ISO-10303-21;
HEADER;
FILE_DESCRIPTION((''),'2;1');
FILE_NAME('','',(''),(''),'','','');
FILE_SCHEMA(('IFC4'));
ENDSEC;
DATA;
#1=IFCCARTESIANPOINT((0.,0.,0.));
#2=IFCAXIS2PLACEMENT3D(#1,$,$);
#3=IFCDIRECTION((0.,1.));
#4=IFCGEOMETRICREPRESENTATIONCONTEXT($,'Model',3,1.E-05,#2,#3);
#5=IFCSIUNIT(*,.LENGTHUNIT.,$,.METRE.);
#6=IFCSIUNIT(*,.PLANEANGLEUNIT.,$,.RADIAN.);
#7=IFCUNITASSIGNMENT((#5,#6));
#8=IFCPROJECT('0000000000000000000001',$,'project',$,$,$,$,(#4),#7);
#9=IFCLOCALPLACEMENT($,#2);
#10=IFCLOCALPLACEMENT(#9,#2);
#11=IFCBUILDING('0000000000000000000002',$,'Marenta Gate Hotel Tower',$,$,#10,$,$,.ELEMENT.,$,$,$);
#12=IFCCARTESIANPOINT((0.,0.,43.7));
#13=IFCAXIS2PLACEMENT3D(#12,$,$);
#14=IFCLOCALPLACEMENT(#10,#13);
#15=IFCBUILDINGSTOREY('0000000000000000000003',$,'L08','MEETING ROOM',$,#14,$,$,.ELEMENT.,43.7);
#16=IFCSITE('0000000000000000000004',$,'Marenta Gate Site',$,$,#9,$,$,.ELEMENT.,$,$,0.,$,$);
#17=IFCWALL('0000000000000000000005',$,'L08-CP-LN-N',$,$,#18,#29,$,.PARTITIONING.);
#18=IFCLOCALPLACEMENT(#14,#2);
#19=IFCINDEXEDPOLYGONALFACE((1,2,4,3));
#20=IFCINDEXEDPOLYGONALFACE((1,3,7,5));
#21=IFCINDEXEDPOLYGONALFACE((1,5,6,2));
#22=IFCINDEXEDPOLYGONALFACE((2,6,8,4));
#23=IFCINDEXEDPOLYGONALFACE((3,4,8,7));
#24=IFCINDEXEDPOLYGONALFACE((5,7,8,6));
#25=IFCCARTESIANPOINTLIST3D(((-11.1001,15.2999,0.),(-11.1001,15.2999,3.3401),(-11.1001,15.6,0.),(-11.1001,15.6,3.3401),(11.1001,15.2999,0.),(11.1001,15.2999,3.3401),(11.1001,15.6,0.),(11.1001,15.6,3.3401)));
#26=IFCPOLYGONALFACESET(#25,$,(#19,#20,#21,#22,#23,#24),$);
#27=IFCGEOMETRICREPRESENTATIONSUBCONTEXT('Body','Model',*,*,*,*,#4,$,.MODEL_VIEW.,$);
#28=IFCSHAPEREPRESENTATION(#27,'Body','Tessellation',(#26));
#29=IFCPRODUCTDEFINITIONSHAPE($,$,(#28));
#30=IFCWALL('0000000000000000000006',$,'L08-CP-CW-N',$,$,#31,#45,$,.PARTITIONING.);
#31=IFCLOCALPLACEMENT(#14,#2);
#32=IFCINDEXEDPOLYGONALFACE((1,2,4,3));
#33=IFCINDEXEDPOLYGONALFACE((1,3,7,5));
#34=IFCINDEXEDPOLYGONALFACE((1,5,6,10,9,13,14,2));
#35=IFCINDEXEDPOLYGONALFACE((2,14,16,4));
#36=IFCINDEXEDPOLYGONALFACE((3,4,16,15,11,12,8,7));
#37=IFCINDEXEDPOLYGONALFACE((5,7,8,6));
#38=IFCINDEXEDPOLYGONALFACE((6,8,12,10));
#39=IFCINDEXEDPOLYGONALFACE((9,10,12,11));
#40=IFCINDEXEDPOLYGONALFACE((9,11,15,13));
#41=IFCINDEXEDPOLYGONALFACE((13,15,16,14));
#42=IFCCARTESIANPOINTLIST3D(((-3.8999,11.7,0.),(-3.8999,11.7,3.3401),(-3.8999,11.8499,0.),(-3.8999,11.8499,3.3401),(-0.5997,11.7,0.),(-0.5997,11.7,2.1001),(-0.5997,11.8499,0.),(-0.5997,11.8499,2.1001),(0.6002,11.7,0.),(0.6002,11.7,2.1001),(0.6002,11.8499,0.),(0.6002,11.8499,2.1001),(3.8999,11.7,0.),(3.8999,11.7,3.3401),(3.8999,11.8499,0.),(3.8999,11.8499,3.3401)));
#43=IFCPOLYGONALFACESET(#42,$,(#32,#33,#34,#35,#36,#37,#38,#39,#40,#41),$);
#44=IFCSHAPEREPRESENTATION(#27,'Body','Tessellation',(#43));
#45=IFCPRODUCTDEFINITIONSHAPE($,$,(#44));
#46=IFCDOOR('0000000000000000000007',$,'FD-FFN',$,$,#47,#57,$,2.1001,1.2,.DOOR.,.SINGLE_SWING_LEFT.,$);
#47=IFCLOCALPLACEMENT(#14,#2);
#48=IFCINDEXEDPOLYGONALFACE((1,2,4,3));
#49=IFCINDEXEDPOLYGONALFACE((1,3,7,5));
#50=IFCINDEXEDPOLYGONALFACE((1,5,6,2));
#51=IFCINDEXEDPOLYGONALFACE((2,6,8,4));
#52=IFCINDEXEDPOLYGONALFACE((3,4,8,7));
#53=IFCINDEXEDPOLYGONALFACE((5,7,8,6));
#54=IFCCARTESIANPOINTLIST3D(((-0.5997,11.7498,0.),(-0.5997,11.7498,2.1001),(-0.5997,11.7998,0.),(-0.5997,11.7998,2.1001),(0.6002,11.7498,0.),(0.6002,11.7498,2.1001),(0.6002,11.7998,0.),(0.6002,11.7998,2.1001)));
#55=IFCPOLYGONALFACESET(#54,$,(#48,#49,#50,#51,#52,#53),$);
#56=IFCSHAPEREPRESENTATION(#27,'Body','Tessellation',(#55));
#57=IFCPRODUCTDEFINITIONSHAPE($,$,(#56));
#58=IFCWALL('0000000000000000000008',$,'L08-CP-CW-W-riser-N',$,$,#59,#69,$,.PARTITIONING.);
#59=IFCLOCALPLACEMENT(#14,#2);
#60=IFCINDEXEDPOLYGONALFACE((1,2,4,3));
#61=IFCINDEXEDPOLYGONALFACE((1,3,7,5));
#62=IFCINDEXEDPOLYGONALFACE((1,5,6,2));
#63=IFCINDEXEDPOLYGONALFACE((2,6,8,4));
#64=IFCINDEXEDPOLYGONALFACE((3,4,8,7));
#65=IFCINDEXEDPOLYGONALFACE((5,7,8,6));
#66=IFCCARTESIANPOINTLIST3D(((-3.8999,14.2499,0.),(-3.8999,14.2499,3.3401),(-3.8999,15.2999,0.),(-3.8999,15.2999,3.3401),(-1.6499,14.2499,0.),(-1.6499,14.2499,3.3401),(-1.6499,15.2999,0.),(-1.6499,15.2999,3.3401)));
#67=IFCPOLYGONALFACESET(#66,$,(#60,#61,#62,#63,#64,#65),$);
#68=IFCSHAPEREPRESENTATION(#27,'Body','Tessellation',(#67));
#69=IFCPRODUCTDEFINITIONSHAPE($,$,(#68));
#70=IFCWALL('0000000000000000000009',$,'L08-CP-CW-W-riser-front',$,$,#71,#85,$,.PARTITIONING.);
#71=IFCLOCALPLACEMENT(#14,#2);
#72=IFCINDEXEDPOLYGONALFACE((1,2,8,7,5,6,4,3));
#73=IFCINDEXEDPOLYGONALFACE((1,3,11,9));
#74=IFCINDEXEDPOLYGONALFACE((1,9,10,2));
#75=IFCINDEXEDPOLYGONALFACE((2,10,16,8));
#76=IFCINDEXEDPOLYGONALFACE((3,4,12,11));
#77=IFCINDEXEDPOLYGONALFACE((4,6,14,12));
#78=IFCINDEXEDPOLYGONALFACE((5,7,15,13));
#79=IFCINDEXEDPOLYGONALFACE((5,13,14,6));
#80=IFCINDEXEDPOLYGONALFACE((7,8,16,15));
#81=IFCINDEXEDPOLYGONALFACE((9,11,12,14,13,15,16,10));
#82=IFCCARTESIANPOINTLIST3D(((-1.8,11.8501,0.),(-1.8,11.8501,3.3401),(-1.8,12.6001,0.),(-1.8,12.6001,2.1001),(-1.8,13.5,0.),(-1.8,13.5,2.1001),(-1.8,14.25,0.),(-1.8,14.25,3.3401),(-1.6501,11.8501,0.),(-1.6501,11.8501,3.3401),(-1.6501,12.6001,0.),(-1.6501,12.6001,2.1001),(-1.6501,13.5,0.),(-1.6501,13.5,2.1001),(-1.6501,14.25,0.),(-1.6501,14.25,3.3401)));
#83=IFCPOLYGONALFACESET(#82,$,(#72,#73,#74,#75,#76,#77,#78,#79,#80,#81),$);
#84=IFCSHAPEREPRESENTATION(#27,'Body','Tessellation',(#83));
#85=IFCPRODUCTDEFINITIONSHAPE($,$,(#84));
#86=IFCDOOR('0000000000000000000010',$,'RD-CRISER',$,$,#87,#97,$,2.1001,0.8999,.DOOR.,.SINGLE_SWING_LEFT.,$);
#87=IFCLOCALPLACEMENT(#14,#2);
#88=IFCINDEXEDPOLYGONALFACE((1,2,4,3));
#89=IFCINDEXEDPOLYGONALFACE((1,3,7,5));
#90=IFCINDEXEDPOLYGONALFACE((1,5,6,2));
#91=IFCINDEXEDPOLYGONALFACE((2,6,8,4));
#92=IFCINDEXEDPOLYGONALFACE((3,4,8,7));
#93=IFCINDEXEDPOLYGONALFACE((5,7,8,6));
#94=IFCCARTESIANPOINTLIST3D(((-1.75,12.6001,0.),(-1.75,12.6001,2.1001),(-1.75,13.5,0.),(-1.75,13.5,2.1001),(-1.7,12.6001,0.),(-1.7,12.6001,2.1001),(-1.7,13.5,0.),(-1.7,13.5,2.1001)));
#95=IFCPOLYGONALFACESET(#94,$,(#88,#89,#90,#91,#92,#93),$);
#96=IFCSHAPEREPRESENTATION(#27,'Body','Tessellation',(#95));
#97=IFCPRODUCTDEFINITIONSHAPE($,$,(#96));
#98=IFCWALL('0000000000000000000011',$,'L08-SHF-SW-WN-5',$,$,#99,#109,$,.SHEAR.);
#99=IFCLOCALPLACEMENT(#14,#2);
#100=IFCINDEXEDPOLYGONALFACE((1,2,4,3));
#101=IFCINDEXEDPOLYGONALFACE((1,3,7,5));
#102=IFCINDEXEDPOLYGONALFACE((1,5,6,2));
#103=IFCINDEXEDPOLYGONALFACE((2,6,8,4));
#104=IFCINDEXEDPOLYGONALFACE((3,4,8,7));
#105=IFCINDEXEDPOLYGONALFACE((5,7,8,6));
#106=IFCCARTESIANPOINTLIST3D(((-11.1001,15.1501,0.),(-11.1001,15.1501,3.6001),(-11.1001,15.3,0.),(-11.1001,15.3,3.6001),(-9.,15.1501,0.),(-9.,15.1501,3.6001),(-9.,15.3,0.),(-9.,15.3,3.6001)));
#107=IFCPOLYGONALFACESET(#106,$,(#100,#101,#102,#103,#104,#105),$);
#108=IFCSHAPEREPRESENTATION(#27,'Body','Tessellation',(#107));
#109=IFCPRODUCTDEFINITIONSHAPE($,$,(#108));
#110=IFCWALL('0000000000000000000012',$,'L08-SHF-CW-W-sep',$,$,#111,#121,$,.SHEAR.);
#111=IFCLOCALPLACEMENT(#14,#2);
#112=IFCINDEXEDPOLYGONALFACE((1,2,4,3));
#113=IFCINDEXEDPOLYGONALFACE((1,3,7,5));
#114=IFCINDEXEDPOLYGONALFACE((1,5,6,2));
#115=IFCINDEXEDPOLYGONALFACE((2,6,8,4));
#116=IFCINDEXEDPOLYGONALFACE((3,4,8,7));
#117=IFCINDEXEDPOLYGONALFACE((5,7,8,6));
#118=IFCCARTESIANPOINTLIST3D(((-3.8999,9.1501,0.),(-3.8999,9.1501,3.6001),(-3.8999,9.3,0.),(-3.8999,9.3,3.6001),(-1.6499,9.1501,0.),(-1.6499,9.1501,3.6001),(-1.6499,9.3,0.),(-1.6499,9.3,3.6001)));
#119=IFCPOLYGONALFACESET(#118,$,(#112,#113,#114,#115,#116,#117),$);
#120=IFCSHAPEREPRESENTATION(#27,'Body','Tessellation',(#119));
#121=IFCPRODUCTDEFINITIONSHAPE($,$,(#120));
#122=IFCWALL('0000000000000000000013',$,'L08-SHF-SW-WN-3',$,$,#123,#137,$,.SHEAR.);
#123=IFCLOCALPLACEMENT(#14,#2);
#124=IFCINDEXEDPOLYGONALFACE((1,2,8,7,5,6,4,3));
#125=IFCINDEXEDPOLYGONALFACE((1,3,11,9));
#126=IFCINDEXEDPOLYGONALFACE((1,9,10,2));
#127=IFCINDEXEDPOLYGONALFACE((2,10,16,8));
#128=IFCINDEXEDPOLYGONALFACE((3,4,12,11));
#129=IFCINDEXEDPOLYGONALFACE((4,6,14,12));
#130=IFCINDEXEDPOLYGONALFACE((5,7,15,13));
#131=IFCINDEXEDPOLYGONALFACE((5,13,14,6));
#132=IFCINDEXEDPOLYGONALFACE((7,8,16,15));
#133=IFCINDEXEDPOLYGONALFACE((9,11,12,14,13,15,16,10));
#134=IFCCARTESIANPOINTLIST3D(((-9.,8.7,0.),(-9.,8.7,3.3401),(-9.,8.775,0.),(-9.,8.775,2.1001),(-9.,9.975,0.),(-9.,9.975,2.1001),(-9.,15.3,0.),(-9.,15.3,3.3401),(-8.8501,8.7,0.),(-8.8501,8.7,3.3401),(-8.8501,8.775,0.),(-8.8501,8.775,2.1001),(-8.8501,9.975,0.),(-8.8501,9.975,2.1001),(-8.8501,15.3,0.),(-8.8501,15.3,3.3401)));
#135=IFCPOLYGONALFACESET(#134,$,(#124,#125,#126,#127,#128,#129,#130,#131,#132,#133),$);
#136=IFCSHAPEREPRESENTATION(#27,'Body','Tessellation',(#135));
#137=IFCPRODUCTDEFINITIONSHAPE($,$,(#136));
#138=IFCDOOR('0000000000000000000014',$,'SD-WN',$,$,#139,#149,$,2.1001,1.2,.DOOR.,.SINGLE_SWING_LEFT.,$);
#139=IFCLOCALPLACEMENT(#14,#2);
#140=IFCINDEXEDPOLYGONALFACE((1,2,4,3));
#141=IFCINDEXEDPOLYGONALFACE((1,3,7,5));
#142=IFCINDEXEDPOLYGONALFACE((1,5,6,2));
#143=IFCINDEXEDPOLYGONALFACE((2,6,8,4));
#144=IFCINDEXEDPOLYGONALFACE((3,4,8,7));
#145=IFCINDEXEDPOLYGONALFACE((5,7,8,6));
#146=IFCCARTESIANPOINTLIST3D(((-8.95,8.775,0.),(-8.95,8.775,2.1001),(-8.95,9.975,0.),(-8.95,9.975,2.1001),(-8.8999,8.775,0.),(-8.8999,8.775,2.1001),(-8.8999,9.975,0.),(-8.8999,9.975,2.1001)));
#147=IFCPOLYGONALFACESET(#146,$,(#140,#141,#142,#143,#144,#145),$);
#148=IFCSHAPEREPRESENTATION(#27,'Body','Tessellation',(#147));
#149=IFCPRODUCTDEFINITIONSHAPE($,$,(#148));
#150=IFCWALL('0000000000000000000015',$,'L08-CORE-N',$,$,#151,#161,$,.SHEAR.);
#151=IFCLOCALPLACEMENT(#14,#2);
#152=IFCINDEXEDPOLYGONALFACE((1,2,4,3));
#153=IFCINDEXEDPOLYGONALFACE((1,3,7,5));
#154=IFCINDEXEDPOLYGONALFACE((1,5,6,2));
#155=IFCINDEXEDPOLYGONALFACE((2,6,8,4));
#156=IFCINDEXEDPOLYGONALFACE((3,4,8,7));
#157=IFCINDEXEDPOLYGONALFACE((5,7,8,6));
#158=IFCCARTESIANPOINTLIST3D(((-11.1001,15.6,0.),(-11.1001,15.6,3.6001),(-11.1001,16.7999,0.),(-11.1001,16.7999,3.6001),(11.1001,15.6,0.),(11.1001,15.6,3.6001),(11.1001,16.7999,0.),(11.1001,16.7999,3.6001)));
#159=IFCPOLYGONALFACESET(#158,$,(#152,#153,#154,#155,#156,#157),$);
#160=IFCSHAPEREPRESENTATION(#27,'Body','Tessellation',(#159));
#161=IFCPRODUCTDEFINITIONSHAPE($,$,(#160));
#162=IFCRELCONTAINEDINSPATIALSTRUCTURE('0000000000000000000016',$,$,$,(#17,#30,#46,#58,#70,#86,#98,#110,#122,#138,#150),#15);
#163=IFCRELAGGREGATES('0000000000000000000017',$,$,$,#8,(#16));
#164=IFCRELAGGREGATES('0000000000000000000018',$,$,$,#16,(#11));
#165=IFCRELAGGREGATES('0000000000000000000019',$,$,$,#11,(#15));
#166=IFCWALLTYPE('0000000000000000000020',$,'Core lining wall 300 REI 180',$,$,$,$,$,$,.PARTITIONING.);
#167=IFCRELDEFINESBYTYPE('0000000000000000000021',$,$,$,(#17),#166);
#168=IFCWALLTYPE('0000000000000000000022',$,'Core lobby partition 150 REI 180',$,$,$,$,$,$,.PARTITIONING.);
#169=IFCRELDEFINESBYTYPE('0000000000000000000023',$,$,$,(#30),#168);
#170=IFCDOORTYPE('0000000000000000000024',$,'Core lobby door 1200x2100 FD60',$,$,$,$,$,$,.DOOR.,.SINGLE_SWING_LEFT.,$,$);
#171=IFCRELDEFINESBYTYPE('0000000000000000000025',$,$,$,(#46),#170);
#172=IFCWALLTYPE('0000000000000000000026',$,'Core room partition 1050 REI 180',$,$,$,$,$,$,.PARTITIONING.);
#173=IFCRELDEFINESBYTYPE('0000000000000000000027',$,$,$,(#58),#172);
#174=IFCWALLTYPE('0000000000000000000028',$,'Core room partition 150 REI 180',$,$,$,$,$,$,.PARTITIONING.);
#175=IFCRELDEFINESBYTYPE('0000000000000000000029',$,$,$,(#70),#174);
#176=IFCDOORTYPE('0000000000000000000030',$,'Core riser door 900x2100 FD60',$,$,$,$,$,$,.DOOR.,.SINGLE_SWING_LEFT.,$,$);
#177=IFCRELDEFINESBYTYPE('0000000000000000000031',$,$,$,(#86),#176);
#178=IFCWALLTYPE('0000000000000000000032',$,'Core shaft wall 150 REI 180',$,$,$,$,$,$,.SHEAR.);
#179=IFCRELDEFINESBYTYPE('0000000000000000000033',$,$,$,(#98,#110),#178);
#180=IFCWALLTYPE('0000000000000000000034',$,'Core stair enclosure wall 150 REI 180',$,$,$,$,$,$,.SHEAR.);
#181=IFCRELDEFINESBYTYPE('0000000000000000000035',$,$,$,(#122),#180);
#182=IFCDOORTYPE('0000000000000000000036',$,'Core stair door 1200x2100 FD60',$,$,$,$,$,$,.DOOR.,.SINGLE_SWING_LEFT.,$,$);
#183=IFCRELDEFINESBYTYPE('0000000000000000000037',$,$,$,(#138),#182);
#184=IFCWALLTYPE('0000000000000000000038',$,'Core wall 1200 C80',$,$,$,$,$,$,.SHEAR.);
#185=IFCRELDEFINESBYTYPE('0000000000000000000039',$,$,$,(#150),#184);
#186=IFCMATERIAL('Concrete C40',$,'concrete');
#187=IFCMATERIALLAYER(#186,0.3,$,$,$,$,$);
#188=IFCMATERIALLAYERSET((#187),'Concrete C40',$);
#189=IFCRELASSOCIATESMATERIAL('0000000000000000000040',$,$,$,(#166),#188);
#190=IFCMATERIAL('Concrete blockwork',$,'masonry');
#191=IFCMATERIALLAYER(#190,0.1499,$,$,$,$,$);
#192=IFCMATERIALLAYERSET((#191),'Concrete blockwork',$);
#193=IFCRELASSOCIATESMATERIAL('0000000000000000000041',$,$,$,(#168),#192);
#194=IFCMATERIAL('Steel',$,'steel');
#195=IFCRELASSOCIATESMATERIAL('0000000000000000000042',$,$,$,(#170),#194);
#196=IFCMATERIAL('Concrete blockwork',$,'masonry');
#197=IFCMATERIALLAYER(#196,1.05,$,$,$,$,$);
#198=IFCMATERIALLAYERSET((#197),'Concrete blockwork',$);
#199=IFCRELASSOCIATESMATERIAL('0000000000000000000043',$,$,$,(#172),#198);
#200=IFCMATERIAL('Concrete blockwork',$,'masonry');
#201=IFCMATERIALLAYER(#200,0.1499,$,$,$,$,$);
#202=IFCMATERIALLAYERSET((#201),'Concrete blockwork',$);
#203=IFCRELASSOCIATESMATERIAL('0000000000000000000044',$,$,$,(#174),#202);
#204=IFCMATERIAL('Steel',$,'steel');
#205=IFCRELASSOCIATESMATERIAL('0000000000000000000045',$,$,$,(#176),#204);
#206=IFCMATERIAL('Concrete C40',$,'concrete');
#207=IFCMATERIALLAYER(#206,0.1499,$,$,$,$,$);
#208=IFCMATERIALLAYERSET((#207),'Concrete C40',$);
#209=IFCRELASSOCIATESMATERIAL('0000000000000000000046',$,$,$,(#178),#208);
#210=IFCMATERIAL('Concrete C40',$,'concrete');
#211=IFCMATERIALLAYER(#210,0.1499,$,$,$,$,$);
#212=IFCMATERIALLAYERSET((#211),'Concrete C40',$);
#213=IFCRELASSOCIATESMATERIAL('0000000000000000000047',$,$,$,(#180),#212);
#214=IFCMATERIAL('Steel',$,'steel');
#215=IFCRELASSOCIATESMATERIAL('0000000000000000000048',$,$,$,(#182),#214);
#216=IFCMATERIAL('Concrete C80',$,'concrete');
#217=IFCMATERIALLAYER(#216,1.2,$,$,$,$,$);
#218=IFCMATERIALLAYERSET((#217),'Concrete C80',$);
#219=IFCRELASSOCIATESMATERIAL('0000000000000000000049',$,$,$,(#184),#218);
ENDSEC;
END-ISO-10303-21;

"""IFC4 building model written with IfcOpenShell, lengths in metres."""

from ifc_helpers import new_model, si_unit, direction, frame, frame_2d, origin, place, context, subcontext, project, spatial, rectangle, extrude, material, layer, layer_set, type_object, element, fill, save


model = new_model("IFC4")

# Units and contexts
model_context = context("Model", 3, precision=1e-05, world=origin(), true_north=direction((0.0, 1.0)))
body_context = subcontext(model_context, "Body", "Model", "MODEL_VIEW")
ifc_project = project(units=[si_unit("LENGTHUNIT", "METRE"), si_unit("PLANEANGLEUNIT", "RADIAN")], contexts=[model_context])

# Site, building, storey
site_placement = place(None, origin())
site = spatial("IfcSite", under=ifc_project, at=site_placement, Name="Marenta Gate Site", CompositionType="ELEMENT", RefElevation=0.0)
building_placement = place(site_placement, origin())
building = spatial("IfcBuilding", under=site, at=building_placement, Name="Marenta Gate Hotel Tower", CompositionType="ELEMENT")
storey_placement = place(building_placement, frame((0.0, 0.0, 43.7)))
storey = spatial("IfcBuildingStorey", under=building, at=storey_placement, Name="L08", Description="MEETING ROOM", CompositionType="ELEMENT", Elevation=43.7)

# Wall
ifc_material_1 = material(Name="Concrete C40", Category="concrete")
ifc_layer_1 = layer(ifc_material_1, 0.3)
ifc_layer_set_1 = layer_set([ifc_layer_1], Name="Concrete C40")
wall_type_1 = type_object("IfcWallType", Name="Core lining wall 300 REI 180", PredefinedType="PARTITIONING", material=ifc_layer_set_1)
wall_1_placement = place(storey_placement, frame((-11.1001, 15.45, 0.0), z_axis=(0.0, 0.0, 1.0), x_axis=(1.0, 0.0, 0.0)))
element("IfcWall", 1, at=wall_1_placement, inside=storey, type_object=wall_type_1, Name="L08-CP-LN-N", PredefinedType="PARTITIONING", context=body_context, shape_type="SweptSolid", body=[
    extrude(rectangle(XDim=22.2002, YDim=0.3, at=frame_2d((11.1001, 0.0))), origin(), (0.0, 0.0, 1.0), 3.3401),
])

# Wall, opening, door
ifc_material_2 = material(Name="Concrete blockwork", Category="masonry")
ifc_layer_2 = layer(ifc_material_2, 0.1499)
ifc_layer_set_2 = layer_set([ifc_layer_2], Name="Concrete blockwork")
wall_type_2 = type_object("IfcWallType", Name="Core lobby partition 150 REI 180", PredefinedType="PARTITIONING", material=ifc_layer_set_2)
wall_2_placement = place(storey_placement, frame((-3.8999, 11.7749, 0.0), z_axis=(0.0, 0.0, 1.0), x_axis=(1.0, 0.0, 0.0)))
wall_2 = element("IfcWall", 2, at=wall_2_placement, inside=storey, type_object=wall_type_2, Name="L08-CP-CW-N", PredefinedType="PARTITIONING", context=body_context, shape_type="SweptSolid", body=[
    extrude(rectangle(XDim=7.7998, YDim=0.1499, at=frame_2d((3.8999, 0.0))), origin(), (0.0, 0.0, 1.0), 3.3401),
])
opening_1_placement = place(wall_2_placement, frame((3.3, 0.0, 0.0)))
opening_1 = element("IfcOpeningElement", 3, at=opening_1_placement, cuts=wall_2, PredefinedType="OPENING", context=body_context, shape_type="SweptSolid", body=[
    extrude(rectangle(XDim=1.2, YDim=2.1001, at=frame_2d((0.6001, 1.05))), frame((0.0, 0.075, 0.0), z_axis=(0.0, -1.0, 0.0), x_axis=(1.0, 0.0, 0.0)), (0.0, 0.0, 1.0), 0.1499),
])
ifc_material_3 = material(Name="Steel", Category="steel")
door_type_1 = type_object("IfcDoorType", Name="Core lobby door 1200x2100 FD60", OperationType="SINGLE_SWING_LEFT", PredefinedType="DOOR", material=ifc_material_3)
door_1_placement = place(opening_1_placement, origin())
door_1 = element("IfcDoor", 4, at=door_1_placement, inside=storey, type_object=door_type_1, Name="FD-FFN", OperationType="SINGLE_SWING_LEFT", OverallHeight=2.1001, OverallWidth=1.2, PredefinedType="DOOR", context=body_context, shape_type="SweptSolid", body=[
    extrude(rectangle(XDim=1.2, YDim=2.1001, at=frame_2d((0.6001, 1.05))), frame((0.0, 0.0249, 0.0), z_axis=(0.0, -1.0, 0.0), x_axis=(1.0, 0.0, 0.0)), (0.0, 0.0, 1.0), 0.05),
])
fill(opening_1, door_1)

# Wall
ifc_material_4 = material(Name="Concrete blockwork", Category="masonry")
ifc_layer_3 = layer(ifc_material_4, 1.05)
ifc_layer_set_3 = layer_set([ifc_layer_3], Name="Concrete blockwork")
wall_type_3 = type_object("IfcWallType", Name="Core room partition 1050 REI 180", PredefinedType="PARTITIONING", material=ifc_layer_set_3)
wall_3_placement = place(storey_placement, frame((-3.8999, 14.7749, 0.0), z_axis=(0.0, 0.0, 1.0), x_axis=(1.0, 0.0, 0.0)))
element("IfcWall", 5, at=wall_3_placement, inside=storey, type_object=wall_type_3, Name="L08-CP-CW-W-riser-N", PredefinedType="PARTITIONING", context=body_context, shape_type="SweptSolid", body=[
    extrude(rectangle(XDim=2.25, YDim=1.05, at=frame_2d((1.125, 0.0))), origin(), (0.0, 0.0, 1.0), 3.3401),
])

# Wall, opening, door
ifc_material_5 = material(Name="Concrete blockwork", Category="masonry")
ifc_layer_4 = layer(ifc_material_5, 0.1499)
ifc_layer_set_4 = layer_set([ifc_layer_4], Name="Concrete blockwork")
wall_type_4 = type_object("IfcWallType", Name="Core room partition 150 REI 180", PredefinedType="PARTITIONING", material=ifc_layer_set_4)
wall_4_placement = place(storey_placement, frame((-1.7251, 11.8501, 0.0), z_axis=(0.0, 0.0, 1.0), x_axis=(0.0, 1.0, 0.0)))
wall_4 = element("IfcWall", 6, at=wall_4_placement, inside=storey, type_object=wall_type_4, Name="L08-CP-CW-W-riser-front", PredefinedType="PARTITIONING", context=body_context, shape_type="SweptSolid", body=[
    extrude(rectangle(XDim=2.3999, YDim=0.1499, at=frame_2d((1.2, 0.0))), origin(), (0.0, 0.0, 1.0), 3.3401),
])
opening_2_placement = place(wall_4_placement, frame((0.75, 0.0, 0.0)))
opening_2 = element("IfcOpeningElement", 7, at=opening_2_placement, cuts=wall_4, PredefinedType="OPENING", context=body_context, shape_type="SweptSolid", body=[
    extrude(rectangle(XDim=0.8999, YDim=2.1001, at=frame_2d((0.45, 1.05))), frame((0.0, 0.075, 0.0), z_axis=(0.0, -1.0, 0.0), x_axis=(1.0, 0.0, 0.0)), (0.0, 0.0, 1.0), 0.1499),
])
ifc_material_6 = material(Name="Steel", Category="steel")
door_type_2 = type_object("IfcDoorType", Name="Core riser door 900x2100 FD60", OperationType="SINGLE_SWING_LEFT", PredefinedType="DOOR", material=ifc_material_6)
door_2_placement = place(opening_2_placement, origin())
door_2 = element("IfcDoor", 8, at=door_2_placement, inside=storey, type_object=door_type_2, Name="RD-CRISER", OperationType="SINGLE_SWING_LEFT", OverallHeight=2.1001, OverallWidth=0.8999, PredefinedType="DOOR", context=body_context, shape_type="SweptSolid", body=[
    extrude(rectangle(XDim=0.8999, YDim=2.1001, at=frame_2d((0.45, 1.05))), frame((0.0, 0.0249, 0.0), z_axis=(0.0, -1.0, 0.0), x_axis=(1.0, 0.0, 0.0)), (0.0, 0.0, 1.0), 0.05),
])
fill(opening_2, door_2)

# Walls
ifc_material_7 = material(Name="Concrete C40", Category="concrete")
ifc_layer_5 = layer(ifc_material_7, 0.1499)
ifc_layer_set_5 = layer_set([ifc_layer_5], Name="Concrete C40")
wall_type_5 = type_object("IfcWallType", Name="Core shaft wall 150 REI 180", PredefinedType="SHEAR", material=ifc_layer_set_5)
wall_5_placement = place(storey_placement, frame((-11.1001, 15.2251, 0.0), z_axis=(0.0, 0.0, 1.0), x_axis=(1.0, 0.0, 0.0)))
element("IfcWall", 9, at=wall_5_placement, inside=storey, type_object=wall_type_5, Name="L08-SHF-SW-WN-5", PredefinedType="SHEAR", context=body_context, shape_type="SweptSolid", body=[
    extrude(rectangle(XDim=2.1001, YDim=0.1499, at=frame_2d((1.05, 0.0))), origin(), (0.0, 0.0, 1.0), 3.6001),
])
wall_6_placement = place(storey_placement, frame((-3.8999, 9.2251, 0.0), z_axis=(0.0, 0.0, 1.0), x_axis=(1.0, 0.0, 0.0)))
element("IfcWall", 10, at=wall_6_placement, inside=storey, type_object=wall_type_5, Name="L08-SHF-CW-W-sep", PredefinedType="SHEAR", context=body_context, shape_type="SweptSolid", body=[
    extrude(rectangle(XDim=2.25, YDim=0.1499, at=frame_2d((1.125, 0.0))), origin(), (0.0, 0.0, 1.0), 3.6001),
])

# Wall, opening, door
ifc_material_8 = material(Name="Concrete C40", Category="concrete")
ifc_layer_6 = layer(ifc_material_8, 0.1499)
ifc_layer_set_6 = layer_set([ifc_layer_6], Name="Concrete C40")
wall_type_6 = type_object("IfcWallType", Name="Core stair enclosure wall 150 REI 180", PredefinedType="SHEAR", material=ifc_layer_set_6)
wall_7_placement = place(storey_placement, frame((-8.925, 8.7, 0.0), z_axis=(0.0, 0.0, 1.0), x_axis=(0.0, 1.0, 0.0)))
wall_7 = element("IfcWall", 11, at=wall_7_placement, inside=storey, type_object=wall_type_6, Name="L08-SHF-SW-WN-3", PredefinedType="SHEAR", context=body_context, shape_type="SweptSolid", body=[
    extrude(rectangle(XDim=6.6001, YDim=0.1499, at=frame_2d((3.3, 0.0))), origin(), (0.0, 0.0, 1.0), 3.3401),
])
opening_3_placement = place(wall_7_placement, frame((0.075, 0.0, 0.0)))
opening_3 = element("IfcOpeningElement", 12, at=opening_3_placement, cuts=wall_7, PredefinedType="OPENING", context=body_context, shape_type="SweptSolid", body=[
    extrude(rectangle(XDim=1.2, YDim=2.1001, at=frame_2d((0.6001, 1.05))), frame((0.0, 0.075, 0.0), z_axis=(0.0, -1.0, 0.0), x_axis=(1.0, 0.0, 0.0)), (0.0, 0.0, 1.0), 0.1499),
])
ifc_material_9 = material(Name="Steel", Category="steel")
door_type_3 = type_object("IfcDoorType", Name="Core stair door 1200x2100 FD60", OperationType="SINGLE_SWING_LEFT", PredefinedType="DOOR", material=ifc_material_9)
door_3_placement = place(opening_3_placement, origin())
door_3 = element("IfcDoor", 13, at=door_3_placement, inside=storey, type_object=door_type_3, Name="SD-WN", OperationType="SINGLE_SWING_LEFT", OverallHeight=2.1001, OverallWidth=1.2, PredefinedType="DOOR", context=body_context, shape_type="SweptSolid", body=[
    extrude(rectangle(XDim=1.2, YDim=2.1001, at=frame_2d((0.6001, 1.05))), frame((0.0, 0.0249, 0.0), z_axis=(0.0, -1.0, 0.0), x_axis=(1.0, 0.0, 0.0)), (0.0, 0.0, 1.0), 0.05),
])
fill(opening_3, door_3)

# Wall
ifc_material_10 = material(Name="Concrete C80", Category="concrete")
ifc_layer_7 = layer(ifc_material_10, 1.2)
ifc_layer_set_7 = layer_set([ifc_layer_7], Name="Concrete C80")
wall_type_7 = type_object("IfcWallType", Name="Core wall 1200 C80", PredefinedType="SHEAR", material=ifc_layer_set_7)
wall_8_placement = place(storey_placement, frame((-11.1001, 16.2, 0.0), z_axis=(0.0, 0.0, 1.0), x_axis=(1.0, 0.0, 0.0)))
element("IfcWall", 14, at=wall_8_placement, inside=storey, type_object=wall_type_7, Name="L08-CORE-N", PredefinedType="SHEAR", context=body_context, shape_type="SweptSolid", body=[
    extrude(rectangle(XDim=22.2002, YDim=1.2, at=frame_2d((11.1001, 0.0))), origin(), (0.0, 0.0, 1.0), 3.6001),
])

save(model, "model.ifc")
